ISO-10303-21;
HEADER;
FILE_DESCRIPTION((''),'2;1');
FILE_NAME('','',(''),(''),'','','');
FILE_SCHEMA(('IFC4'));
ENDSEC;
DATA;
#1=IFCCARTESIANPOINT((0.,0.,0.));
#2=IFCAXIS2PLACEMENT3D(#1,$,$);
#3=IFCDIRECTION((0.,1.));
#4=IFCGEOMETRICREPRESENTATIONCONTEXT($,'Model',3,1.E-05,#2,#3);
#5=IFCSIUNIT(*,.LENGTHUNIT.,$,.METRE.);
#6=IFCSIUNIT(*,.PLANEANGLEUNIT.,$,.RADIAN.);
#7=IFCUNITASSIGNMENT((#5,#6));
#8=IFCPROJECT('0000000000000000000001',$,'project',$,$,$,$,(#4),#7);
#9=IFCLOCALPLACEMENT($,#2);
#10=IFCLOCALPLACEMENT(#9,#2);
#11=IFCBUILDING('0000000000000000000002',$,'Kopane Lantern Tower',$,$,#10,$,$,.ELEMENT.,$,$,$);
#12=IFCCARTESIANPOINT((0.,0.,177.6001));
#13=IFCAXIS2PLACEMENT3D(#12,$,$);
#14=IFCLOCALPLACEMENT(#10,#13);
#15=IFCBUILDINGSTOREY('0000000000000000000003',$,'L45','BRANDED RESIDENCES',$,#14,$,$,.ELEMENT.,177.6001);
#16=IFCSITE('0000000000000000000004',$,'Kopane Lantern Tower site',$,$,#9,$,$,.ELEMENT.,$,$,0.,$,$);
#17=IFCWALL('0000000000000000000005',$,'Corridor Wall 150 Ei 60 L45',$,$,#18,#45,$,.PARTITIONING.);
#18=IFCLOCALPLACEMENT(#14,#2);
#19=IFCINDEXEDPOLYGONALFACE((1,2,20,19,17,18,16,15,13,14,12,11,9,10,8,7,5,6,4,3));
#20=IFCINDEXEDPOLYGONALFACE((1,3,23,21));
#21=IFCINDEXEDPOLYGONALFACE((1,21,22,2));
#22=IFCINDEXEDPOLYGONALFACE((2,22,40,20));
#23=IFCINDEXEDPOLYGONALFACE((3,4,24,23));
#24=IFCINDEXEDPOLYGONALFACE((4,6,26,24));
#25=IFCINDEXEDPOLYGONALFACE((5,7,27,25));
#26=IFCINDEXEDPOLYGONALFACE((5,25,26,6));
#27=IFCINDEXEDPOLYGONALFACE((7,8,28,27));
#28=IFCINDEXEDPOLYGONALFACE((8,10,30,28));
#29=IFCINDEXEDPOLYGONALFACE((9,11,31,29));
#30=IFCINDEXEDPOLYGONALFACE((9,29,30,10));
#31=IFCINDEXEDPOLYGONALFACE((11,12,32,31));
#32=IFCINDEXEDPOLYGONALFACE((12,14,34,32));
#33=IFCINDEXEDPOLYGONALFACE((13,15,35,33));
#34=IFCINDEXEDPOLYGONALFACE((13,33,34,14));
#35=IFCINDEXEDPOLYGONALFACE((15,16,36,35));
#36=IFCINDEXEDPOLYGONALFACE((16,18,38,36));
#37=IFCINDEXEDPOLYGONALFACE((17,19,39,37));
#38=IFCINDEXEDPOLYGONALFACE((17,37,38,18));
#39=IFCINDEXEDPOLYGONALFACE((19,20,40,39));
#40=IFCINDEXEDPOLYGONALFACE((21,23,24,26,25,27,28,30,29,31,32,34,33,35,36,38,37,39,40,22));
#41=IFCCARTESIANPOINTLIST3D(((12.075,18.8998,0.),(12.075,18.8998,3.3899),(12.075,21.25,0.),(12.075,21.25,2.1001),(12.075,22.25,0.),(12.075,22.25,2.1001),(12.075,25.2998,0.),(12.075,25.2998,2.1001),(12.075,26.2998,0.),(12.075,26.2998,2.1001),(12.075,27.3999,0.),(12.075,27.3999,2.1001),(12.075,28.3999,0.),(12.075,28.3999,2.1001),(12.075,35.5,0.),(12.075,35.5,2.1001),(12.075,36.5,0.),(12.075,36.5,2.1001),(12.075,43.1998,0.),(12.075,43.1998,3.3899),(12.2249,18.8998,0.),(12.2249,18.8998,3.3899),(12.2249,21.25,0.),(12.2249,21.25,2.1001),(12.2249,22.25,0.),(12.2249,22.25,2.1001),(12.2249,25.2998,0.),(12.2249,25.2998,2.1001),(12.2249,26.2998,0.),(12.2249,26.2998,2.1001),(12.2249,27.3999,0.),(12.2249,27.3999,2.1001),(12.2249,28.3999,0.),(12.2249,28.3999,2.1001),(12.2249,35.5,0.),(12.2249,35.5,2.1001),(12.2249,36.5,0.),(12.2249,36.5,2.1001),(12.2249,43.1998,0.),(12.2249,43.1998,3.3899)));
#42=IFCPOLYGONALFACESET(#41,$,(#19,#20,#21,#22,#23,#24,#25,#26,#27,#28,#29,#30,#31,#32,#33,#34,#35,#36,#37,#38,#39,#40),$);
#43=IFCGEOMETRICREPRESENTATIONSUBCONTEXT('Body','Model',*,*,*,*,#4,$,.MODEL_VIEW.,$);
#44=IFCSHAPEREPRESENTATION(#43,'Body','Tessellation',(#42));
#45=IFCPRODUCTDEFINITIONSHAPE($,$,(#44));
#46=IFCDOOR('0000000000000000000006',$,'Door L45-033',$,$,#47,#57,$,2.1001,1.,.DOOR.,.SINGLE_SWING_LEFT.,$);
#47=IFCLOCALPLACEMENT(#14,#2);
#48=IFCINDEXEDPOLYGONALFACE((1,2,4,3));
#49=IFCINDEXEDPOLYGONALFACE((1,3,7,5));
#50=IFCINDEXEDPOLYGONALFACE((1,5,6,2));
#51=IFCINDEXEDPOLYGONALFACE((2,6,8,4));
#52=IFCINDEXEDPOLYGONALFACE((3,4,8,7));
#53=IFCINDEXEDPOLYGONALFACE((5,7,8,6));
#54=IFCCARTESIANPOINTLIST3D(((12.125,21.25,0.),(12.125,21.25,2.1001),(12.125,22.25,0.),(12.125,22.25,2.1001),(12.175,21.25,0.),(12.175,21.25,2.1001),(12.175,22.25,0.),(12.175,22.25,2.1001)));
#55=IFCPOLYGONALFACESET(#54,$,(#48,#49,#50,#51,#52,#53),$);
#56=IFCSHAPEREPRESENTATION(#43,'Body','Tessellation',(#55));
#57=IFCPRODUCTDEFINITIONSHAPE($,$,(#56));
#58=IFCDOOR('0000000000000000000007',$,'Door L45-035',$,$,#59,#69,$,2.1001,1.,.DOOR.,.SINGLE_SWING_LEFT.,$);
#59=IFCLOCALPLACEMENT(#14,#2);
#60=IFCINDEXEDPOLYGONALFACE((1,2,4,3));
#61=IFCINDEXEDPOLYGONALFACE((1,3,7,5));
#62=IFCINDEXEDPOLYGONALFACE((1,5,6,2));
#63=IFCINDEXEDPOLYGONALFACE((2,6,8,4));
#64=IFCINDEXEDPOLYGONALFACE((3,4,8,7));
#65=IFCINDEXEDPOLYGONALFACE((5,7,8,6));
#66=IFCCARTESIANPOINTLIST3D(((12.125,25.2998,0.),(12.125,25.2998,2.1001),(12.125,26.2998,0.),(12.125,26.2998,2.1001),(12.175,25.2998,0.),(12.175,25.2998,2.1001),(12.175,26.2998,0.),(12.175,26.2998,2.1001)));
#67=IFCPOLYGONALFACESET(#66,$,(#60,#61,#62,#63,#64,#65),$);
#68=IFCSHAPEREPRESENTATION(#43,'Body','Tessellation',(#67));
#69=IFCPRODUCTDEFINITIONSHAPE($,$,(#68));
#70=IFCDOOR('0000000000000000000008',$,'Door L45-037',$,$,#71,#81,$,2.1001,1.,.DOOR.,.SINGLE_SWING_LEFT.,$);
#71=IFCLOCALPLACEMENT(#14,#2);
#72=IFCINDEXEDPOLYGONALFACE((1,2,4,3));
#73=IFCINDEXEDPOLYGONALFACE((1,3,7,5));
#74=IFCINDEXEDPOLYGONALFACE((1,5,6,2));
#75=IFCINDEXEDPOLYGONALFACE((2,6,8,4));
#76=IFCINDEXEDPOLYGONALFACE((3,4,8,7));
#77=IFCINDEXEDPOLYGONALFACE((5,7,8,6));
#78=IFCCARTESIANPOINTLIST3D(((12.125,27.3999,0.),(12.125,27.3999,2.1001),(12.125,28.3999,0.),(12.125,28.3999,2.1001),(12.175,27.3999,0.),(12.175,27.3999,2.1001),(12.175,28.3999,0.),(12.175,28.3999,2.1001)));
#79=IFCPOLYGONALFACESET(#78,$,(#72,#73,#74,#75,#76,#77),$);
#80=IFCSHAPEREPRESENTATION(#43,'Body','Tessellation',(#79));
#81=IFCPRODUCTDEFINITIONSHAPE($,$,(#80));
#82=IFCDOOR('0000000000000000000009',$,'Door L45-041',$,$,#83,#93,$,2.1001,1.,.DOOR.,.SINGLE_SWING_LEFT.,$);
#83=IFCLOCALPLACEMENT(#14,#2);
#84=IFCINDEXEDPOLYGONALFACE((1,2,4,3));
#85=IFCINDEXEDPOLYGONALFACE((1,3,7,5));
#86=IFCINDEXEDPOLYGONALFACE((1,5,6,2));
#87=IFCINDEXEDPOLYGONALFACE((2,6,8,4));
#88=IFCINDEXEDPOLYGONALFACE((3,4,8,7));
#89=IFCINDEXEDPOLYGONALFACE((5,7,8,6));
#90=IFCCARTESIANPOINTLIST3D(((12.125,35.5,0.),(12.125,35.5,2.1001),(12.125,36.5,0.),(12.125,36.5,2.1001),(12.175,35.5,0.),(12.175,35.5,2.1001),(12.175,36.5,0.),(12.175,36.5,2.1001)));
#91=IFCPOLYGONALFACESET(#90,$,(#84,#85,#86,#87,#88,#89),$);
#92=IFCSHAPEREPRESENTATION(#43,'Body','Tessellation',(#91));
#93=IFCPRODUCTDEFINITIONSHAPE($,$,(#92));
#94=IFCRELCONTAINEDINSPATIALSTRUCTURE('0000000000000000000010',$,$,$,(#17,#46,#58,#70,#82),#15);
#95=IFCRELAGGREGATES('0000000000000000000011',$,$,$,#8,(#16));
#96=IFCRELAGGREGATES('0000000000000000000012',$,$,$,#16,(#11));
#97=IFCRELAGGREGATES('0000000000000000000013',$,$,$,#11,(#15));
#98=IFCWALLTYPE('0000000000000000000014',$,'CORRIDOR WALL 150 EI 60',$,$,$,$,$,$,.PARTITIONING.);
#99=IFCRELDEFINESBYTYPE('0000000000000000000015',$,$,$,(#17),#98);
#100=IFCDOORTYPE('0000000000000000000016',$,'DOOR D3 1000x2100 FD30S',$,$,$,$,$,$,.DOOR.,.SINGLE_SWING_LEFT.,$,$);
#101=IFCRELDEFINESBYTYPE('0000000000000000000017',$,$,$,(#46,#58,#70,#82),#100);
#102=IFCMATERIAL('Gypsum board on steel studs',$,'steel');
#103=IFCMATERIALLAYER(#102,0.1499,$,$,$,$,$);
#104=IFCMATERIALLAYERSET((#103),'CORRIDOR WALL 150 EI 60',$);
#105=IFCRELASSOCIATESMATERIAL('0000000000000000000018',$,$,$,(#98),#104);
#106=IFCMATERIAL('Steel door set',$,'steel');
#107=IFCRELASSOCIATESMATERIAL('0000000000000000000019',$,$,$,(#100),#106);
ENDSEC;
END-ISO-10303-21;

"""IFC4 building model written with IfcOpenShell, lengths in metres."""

from ifc_helpers import new_model, si_unit, direction, frame, frame_2d, origin, place, context, subcontext, project, spatial, rectangle, extrude, material, layer, layer_set, type_object, element, fill, save


model = new_model("IFC4")

# Units and contexts
model_context = context("Model", 3, precision=1e-05, world=origin(), true_north=direction((0.0, 1.0)))
body_context = subcontext(model_context, "Body", "Model", "MODEL_VIEW")
ifc_project = project(units=[si_unit("LENGTHUNIT", "METRE"), si_unit("PLANEANGLEUNIT", "RADIAN")], contexts=[model_context])

# Site, building, storey
site_placement = place(None, origin())
site = spatial("IfcSite", under=ifc_project, at=site_placement, Name="Kopane Lantern Tower site", CompositionType="ELEMENT", RefElevation=0.0)
building_placement = place(site_placement, origin())
building = spatial("IfcBuilding", under=site, at=building_placement, Name="Kopane Lantern Tower", CompositionType="ELEMENT")
storey_placement = place(building_placement, frame((0.0, 0.0, 177.6001)))
storey = spatial("IfcBuildingStorey", under=building, at=storey_placement, Name="L45", Description="BRANDED RESIDENCES", CompositionType="ELEMENT", Elevation=177.6001)

# Wall, openings, doors
ifc_material_1 = material(Name="Gypsum board on steel studs", Category="steel")
ifc_layer_1 = layer(ifc_material_1, 0.1499)
ifc_layer_set_1 = layer_set([ifc_layer_1], Name="CORRIDOR WALL 150 EI 60")
wall_type_1 = type_object("IfcWallType", Name="CORRIDOR WALL 150 EI 60", PredefinedType="PARTITIONING", material=ifc_layer_set_1)
ifc_material_2 = material(Name="Steel door set", Category="steel")
door_type_1 = type_object("IfcDoorType", Name="DOOR D3 1000x2100 FD30S", OperationType="SINGLE_SWING_LEFT", PredefinedType="DOOR", material=ifc_material_2)
wall_1_placement = place(storey_placement, frame((12.1499, 18.8999, 0.0), z_axis=(0.0, 0.0, 1.0), x_axis=(0.0, 1.0, 0.0)))
wall_1 = element("IfcWall", 1, at=wall_1_placement, inside=storey, type_object=wall_type_1, Name="Corridor Wall 150 Ei 60 L45", PredefinedType="PARTITIONING", context=body_context, shape_type="SweptSolid", body=[
    extrude(rectangle(XDim=24.3, YDim=0.1499, at=frame_2d((12.1499, 0.0))), origin(), (0.0, 0.0, 1.0), 3.3899),
])
opening_1_placement = place(wall_1_placement, frame((2.3501, 0.0, 0.0)))
opening_1 = element("IfcOpeningElement", 2, at=opening_1_placement, cuts=wall_1, PredefinedType="OPENING", context=body_context, shape_type="SweptSolid", body=[
    extrude(rectangle(XDim=1.0, YDim=2.1001, at=frame_2d((0.5, 1.05))), frame((0.0, 0.085, 0.0), z_axis=(0.0, -1.0, 0.0), x_axis=(1.0, 0.0, 0.0)), (0.0, 0.0, 1.0), 0.1699),
])
opening_2_placement = place(wall_1_placement, frame((6.3999, 0.0, 0.0)))
opening_2 = element("IfcOpeningElement", 3, at=opening_2_placement, cuts=wall_1, PredefinedType="OPENING", context=body_context, shape_type="SweptSolid", body=[
    extrude(rectangle(XDim=1.0, YDim=2.1001, at=frame_2d((0.5, 1.05))), frame((0.0, 0.085, 0.0), z_axis=(0.0, -1.0, 0.0), x_axis=(1.0, 0.0, 0.0)), (0.0, 0.0, 1.0), 0.1699),
])
opening_3_placement = place(wall_1_placement, frame((8.5, 0.0, 0.0)))
opening_3 = element("IfcOpeningElement", 4, at=opening_3_placement, cuts=wall_1, PredefinedType="OPENING", context=body_context, shape_type="SweptSolid", body=[
    extrude(rectangle(XDim=1.0, YDim=2.1001, at=frame_2d((0.5, 1.05))), frame((0.0, 0.085, 0.0), z_axis=(0.0, -1.0, 0.0), x_axis=(1.0, 0.0, 0.0)), (0.0, 0.0, 1.0), 0.1699),
])
opening_4_placement = place(wall_1_placement, frame((16.6001, 0.0, 0.0)))
opening_4 = element("IfcOpeningElement", 5, at=opening_4_placement, cuts=wall_1, PredefinedType="OPENING", context=body_context, shape_type="SweptSolid", body=[
    extrude(rectangle(XDim=1.0, YDim=2.1001, at=frame_2d((0.5, 1.05))), frame((0.0, 0.085, 0.0), z_axis=(0.0, -1.0, 0.0), x_axis=(1.0, 0.0, 0.0)), (0.0, 0.0, 1.0), 0.1699),
])
door_1_placement = place(opening_1_placement, origin())
door_1 = element("IfcDoor", 6, at=door_1_placement, inside=storey, type_object=door_type_1, Name="Door L45-033", OperationType="SINGLE_SWING_LEFT", OverallHeight=2.1001, OverallWidth=1.0, PredefinedType="DOOR", context=body_context, shape_type="SweptSolid", body=[
    extrude(rectangle(XDim=1.0, YDim=2.1001, at=frame_2d((0.5, 1.05))), frame((0.0, 0.0249, 0.0), z_axis=(0.0, -1.0, 0.0), x_axis=(1.0, 0.0, 0.0)), (0.0, 0.0, 1.0), 0.05),
])
fill(opening_1, door_1)
door_2_placement = place(opening_2_placement, origin())
door_2 = element("IfcDoor", 7, at=door_2_placement, inside=storey, type_object=door_type_1, Name="Door L45-035", OperationType="SINGLE_SWING_LEFT", OverallHeight=2.1001, OverallWidth=1.0, PredefinedType="DOOR", context=body_context, shape_type="SweptSolid", body=[
    extrude(rectangle(XDim=1.0, YDim=2.1001, at=frame_2d((0.5, 1.05))), frame((0.0, 0.0249, 0.0), z_axis=(0.0, -1.0, 0.0), x_axis=(1.0, 0.0, 0.0)), (0.0, 0.0, 1.0), 0.05),
])
fill(opening_2, door_2)
door_3_placement = place(opening_3_placement, origin())
door_3 = element("IfcDoor", 8, at=door_3_placement, inside=storey, type_object=door_type_1, Name="Door L45-037", OperationType="SINGLE_SWING_LEFT", OverallHeight=2.1001, OverallWidth=1.0, PredefinedType="DOOR", context=body_context, shape_type="SweptSolid", body=[
    extrude(rectangle(XDim=1.0, YDim=2.1001, at=frame_2d((0.5, 1.05))), frame((0.0, 0.0249, 0.0), z_axis=(0.0, -1.0, 0.0), x_axis=(1.0, 0.0, 0.0)), (0.0, 0.0, 1.0), 0.05),
])
fill(opening_3, door_3)
door_4_placement = place(opening_4_placement, origin())
door_4 = element("IfcDoor", 9, at=door_4_placement, inside=storey, type_object=door_type_1, Name="Door L45-041", OperationType="SINGLE_SWING_LEFT", OverallHeight=2.1001, OverallWidth=1.0, PredefinedType="DOOR", context=body_context, shape_type="SweptSolid", body=[
    extrude(rectangle(XDim=1.0, YDim=2.1001, at=frame_2d((0.5, 1.05))), frame((0.0, 0.0249, 0.0), z_axis=(0.0, -1.0, 0.0), x_axis=(1.0, 0.0, 0.0)), (0.0, 0.0, 1.0), 0.05),
])
fill(opening_4, door_4)

save(model, "model.ifc")
